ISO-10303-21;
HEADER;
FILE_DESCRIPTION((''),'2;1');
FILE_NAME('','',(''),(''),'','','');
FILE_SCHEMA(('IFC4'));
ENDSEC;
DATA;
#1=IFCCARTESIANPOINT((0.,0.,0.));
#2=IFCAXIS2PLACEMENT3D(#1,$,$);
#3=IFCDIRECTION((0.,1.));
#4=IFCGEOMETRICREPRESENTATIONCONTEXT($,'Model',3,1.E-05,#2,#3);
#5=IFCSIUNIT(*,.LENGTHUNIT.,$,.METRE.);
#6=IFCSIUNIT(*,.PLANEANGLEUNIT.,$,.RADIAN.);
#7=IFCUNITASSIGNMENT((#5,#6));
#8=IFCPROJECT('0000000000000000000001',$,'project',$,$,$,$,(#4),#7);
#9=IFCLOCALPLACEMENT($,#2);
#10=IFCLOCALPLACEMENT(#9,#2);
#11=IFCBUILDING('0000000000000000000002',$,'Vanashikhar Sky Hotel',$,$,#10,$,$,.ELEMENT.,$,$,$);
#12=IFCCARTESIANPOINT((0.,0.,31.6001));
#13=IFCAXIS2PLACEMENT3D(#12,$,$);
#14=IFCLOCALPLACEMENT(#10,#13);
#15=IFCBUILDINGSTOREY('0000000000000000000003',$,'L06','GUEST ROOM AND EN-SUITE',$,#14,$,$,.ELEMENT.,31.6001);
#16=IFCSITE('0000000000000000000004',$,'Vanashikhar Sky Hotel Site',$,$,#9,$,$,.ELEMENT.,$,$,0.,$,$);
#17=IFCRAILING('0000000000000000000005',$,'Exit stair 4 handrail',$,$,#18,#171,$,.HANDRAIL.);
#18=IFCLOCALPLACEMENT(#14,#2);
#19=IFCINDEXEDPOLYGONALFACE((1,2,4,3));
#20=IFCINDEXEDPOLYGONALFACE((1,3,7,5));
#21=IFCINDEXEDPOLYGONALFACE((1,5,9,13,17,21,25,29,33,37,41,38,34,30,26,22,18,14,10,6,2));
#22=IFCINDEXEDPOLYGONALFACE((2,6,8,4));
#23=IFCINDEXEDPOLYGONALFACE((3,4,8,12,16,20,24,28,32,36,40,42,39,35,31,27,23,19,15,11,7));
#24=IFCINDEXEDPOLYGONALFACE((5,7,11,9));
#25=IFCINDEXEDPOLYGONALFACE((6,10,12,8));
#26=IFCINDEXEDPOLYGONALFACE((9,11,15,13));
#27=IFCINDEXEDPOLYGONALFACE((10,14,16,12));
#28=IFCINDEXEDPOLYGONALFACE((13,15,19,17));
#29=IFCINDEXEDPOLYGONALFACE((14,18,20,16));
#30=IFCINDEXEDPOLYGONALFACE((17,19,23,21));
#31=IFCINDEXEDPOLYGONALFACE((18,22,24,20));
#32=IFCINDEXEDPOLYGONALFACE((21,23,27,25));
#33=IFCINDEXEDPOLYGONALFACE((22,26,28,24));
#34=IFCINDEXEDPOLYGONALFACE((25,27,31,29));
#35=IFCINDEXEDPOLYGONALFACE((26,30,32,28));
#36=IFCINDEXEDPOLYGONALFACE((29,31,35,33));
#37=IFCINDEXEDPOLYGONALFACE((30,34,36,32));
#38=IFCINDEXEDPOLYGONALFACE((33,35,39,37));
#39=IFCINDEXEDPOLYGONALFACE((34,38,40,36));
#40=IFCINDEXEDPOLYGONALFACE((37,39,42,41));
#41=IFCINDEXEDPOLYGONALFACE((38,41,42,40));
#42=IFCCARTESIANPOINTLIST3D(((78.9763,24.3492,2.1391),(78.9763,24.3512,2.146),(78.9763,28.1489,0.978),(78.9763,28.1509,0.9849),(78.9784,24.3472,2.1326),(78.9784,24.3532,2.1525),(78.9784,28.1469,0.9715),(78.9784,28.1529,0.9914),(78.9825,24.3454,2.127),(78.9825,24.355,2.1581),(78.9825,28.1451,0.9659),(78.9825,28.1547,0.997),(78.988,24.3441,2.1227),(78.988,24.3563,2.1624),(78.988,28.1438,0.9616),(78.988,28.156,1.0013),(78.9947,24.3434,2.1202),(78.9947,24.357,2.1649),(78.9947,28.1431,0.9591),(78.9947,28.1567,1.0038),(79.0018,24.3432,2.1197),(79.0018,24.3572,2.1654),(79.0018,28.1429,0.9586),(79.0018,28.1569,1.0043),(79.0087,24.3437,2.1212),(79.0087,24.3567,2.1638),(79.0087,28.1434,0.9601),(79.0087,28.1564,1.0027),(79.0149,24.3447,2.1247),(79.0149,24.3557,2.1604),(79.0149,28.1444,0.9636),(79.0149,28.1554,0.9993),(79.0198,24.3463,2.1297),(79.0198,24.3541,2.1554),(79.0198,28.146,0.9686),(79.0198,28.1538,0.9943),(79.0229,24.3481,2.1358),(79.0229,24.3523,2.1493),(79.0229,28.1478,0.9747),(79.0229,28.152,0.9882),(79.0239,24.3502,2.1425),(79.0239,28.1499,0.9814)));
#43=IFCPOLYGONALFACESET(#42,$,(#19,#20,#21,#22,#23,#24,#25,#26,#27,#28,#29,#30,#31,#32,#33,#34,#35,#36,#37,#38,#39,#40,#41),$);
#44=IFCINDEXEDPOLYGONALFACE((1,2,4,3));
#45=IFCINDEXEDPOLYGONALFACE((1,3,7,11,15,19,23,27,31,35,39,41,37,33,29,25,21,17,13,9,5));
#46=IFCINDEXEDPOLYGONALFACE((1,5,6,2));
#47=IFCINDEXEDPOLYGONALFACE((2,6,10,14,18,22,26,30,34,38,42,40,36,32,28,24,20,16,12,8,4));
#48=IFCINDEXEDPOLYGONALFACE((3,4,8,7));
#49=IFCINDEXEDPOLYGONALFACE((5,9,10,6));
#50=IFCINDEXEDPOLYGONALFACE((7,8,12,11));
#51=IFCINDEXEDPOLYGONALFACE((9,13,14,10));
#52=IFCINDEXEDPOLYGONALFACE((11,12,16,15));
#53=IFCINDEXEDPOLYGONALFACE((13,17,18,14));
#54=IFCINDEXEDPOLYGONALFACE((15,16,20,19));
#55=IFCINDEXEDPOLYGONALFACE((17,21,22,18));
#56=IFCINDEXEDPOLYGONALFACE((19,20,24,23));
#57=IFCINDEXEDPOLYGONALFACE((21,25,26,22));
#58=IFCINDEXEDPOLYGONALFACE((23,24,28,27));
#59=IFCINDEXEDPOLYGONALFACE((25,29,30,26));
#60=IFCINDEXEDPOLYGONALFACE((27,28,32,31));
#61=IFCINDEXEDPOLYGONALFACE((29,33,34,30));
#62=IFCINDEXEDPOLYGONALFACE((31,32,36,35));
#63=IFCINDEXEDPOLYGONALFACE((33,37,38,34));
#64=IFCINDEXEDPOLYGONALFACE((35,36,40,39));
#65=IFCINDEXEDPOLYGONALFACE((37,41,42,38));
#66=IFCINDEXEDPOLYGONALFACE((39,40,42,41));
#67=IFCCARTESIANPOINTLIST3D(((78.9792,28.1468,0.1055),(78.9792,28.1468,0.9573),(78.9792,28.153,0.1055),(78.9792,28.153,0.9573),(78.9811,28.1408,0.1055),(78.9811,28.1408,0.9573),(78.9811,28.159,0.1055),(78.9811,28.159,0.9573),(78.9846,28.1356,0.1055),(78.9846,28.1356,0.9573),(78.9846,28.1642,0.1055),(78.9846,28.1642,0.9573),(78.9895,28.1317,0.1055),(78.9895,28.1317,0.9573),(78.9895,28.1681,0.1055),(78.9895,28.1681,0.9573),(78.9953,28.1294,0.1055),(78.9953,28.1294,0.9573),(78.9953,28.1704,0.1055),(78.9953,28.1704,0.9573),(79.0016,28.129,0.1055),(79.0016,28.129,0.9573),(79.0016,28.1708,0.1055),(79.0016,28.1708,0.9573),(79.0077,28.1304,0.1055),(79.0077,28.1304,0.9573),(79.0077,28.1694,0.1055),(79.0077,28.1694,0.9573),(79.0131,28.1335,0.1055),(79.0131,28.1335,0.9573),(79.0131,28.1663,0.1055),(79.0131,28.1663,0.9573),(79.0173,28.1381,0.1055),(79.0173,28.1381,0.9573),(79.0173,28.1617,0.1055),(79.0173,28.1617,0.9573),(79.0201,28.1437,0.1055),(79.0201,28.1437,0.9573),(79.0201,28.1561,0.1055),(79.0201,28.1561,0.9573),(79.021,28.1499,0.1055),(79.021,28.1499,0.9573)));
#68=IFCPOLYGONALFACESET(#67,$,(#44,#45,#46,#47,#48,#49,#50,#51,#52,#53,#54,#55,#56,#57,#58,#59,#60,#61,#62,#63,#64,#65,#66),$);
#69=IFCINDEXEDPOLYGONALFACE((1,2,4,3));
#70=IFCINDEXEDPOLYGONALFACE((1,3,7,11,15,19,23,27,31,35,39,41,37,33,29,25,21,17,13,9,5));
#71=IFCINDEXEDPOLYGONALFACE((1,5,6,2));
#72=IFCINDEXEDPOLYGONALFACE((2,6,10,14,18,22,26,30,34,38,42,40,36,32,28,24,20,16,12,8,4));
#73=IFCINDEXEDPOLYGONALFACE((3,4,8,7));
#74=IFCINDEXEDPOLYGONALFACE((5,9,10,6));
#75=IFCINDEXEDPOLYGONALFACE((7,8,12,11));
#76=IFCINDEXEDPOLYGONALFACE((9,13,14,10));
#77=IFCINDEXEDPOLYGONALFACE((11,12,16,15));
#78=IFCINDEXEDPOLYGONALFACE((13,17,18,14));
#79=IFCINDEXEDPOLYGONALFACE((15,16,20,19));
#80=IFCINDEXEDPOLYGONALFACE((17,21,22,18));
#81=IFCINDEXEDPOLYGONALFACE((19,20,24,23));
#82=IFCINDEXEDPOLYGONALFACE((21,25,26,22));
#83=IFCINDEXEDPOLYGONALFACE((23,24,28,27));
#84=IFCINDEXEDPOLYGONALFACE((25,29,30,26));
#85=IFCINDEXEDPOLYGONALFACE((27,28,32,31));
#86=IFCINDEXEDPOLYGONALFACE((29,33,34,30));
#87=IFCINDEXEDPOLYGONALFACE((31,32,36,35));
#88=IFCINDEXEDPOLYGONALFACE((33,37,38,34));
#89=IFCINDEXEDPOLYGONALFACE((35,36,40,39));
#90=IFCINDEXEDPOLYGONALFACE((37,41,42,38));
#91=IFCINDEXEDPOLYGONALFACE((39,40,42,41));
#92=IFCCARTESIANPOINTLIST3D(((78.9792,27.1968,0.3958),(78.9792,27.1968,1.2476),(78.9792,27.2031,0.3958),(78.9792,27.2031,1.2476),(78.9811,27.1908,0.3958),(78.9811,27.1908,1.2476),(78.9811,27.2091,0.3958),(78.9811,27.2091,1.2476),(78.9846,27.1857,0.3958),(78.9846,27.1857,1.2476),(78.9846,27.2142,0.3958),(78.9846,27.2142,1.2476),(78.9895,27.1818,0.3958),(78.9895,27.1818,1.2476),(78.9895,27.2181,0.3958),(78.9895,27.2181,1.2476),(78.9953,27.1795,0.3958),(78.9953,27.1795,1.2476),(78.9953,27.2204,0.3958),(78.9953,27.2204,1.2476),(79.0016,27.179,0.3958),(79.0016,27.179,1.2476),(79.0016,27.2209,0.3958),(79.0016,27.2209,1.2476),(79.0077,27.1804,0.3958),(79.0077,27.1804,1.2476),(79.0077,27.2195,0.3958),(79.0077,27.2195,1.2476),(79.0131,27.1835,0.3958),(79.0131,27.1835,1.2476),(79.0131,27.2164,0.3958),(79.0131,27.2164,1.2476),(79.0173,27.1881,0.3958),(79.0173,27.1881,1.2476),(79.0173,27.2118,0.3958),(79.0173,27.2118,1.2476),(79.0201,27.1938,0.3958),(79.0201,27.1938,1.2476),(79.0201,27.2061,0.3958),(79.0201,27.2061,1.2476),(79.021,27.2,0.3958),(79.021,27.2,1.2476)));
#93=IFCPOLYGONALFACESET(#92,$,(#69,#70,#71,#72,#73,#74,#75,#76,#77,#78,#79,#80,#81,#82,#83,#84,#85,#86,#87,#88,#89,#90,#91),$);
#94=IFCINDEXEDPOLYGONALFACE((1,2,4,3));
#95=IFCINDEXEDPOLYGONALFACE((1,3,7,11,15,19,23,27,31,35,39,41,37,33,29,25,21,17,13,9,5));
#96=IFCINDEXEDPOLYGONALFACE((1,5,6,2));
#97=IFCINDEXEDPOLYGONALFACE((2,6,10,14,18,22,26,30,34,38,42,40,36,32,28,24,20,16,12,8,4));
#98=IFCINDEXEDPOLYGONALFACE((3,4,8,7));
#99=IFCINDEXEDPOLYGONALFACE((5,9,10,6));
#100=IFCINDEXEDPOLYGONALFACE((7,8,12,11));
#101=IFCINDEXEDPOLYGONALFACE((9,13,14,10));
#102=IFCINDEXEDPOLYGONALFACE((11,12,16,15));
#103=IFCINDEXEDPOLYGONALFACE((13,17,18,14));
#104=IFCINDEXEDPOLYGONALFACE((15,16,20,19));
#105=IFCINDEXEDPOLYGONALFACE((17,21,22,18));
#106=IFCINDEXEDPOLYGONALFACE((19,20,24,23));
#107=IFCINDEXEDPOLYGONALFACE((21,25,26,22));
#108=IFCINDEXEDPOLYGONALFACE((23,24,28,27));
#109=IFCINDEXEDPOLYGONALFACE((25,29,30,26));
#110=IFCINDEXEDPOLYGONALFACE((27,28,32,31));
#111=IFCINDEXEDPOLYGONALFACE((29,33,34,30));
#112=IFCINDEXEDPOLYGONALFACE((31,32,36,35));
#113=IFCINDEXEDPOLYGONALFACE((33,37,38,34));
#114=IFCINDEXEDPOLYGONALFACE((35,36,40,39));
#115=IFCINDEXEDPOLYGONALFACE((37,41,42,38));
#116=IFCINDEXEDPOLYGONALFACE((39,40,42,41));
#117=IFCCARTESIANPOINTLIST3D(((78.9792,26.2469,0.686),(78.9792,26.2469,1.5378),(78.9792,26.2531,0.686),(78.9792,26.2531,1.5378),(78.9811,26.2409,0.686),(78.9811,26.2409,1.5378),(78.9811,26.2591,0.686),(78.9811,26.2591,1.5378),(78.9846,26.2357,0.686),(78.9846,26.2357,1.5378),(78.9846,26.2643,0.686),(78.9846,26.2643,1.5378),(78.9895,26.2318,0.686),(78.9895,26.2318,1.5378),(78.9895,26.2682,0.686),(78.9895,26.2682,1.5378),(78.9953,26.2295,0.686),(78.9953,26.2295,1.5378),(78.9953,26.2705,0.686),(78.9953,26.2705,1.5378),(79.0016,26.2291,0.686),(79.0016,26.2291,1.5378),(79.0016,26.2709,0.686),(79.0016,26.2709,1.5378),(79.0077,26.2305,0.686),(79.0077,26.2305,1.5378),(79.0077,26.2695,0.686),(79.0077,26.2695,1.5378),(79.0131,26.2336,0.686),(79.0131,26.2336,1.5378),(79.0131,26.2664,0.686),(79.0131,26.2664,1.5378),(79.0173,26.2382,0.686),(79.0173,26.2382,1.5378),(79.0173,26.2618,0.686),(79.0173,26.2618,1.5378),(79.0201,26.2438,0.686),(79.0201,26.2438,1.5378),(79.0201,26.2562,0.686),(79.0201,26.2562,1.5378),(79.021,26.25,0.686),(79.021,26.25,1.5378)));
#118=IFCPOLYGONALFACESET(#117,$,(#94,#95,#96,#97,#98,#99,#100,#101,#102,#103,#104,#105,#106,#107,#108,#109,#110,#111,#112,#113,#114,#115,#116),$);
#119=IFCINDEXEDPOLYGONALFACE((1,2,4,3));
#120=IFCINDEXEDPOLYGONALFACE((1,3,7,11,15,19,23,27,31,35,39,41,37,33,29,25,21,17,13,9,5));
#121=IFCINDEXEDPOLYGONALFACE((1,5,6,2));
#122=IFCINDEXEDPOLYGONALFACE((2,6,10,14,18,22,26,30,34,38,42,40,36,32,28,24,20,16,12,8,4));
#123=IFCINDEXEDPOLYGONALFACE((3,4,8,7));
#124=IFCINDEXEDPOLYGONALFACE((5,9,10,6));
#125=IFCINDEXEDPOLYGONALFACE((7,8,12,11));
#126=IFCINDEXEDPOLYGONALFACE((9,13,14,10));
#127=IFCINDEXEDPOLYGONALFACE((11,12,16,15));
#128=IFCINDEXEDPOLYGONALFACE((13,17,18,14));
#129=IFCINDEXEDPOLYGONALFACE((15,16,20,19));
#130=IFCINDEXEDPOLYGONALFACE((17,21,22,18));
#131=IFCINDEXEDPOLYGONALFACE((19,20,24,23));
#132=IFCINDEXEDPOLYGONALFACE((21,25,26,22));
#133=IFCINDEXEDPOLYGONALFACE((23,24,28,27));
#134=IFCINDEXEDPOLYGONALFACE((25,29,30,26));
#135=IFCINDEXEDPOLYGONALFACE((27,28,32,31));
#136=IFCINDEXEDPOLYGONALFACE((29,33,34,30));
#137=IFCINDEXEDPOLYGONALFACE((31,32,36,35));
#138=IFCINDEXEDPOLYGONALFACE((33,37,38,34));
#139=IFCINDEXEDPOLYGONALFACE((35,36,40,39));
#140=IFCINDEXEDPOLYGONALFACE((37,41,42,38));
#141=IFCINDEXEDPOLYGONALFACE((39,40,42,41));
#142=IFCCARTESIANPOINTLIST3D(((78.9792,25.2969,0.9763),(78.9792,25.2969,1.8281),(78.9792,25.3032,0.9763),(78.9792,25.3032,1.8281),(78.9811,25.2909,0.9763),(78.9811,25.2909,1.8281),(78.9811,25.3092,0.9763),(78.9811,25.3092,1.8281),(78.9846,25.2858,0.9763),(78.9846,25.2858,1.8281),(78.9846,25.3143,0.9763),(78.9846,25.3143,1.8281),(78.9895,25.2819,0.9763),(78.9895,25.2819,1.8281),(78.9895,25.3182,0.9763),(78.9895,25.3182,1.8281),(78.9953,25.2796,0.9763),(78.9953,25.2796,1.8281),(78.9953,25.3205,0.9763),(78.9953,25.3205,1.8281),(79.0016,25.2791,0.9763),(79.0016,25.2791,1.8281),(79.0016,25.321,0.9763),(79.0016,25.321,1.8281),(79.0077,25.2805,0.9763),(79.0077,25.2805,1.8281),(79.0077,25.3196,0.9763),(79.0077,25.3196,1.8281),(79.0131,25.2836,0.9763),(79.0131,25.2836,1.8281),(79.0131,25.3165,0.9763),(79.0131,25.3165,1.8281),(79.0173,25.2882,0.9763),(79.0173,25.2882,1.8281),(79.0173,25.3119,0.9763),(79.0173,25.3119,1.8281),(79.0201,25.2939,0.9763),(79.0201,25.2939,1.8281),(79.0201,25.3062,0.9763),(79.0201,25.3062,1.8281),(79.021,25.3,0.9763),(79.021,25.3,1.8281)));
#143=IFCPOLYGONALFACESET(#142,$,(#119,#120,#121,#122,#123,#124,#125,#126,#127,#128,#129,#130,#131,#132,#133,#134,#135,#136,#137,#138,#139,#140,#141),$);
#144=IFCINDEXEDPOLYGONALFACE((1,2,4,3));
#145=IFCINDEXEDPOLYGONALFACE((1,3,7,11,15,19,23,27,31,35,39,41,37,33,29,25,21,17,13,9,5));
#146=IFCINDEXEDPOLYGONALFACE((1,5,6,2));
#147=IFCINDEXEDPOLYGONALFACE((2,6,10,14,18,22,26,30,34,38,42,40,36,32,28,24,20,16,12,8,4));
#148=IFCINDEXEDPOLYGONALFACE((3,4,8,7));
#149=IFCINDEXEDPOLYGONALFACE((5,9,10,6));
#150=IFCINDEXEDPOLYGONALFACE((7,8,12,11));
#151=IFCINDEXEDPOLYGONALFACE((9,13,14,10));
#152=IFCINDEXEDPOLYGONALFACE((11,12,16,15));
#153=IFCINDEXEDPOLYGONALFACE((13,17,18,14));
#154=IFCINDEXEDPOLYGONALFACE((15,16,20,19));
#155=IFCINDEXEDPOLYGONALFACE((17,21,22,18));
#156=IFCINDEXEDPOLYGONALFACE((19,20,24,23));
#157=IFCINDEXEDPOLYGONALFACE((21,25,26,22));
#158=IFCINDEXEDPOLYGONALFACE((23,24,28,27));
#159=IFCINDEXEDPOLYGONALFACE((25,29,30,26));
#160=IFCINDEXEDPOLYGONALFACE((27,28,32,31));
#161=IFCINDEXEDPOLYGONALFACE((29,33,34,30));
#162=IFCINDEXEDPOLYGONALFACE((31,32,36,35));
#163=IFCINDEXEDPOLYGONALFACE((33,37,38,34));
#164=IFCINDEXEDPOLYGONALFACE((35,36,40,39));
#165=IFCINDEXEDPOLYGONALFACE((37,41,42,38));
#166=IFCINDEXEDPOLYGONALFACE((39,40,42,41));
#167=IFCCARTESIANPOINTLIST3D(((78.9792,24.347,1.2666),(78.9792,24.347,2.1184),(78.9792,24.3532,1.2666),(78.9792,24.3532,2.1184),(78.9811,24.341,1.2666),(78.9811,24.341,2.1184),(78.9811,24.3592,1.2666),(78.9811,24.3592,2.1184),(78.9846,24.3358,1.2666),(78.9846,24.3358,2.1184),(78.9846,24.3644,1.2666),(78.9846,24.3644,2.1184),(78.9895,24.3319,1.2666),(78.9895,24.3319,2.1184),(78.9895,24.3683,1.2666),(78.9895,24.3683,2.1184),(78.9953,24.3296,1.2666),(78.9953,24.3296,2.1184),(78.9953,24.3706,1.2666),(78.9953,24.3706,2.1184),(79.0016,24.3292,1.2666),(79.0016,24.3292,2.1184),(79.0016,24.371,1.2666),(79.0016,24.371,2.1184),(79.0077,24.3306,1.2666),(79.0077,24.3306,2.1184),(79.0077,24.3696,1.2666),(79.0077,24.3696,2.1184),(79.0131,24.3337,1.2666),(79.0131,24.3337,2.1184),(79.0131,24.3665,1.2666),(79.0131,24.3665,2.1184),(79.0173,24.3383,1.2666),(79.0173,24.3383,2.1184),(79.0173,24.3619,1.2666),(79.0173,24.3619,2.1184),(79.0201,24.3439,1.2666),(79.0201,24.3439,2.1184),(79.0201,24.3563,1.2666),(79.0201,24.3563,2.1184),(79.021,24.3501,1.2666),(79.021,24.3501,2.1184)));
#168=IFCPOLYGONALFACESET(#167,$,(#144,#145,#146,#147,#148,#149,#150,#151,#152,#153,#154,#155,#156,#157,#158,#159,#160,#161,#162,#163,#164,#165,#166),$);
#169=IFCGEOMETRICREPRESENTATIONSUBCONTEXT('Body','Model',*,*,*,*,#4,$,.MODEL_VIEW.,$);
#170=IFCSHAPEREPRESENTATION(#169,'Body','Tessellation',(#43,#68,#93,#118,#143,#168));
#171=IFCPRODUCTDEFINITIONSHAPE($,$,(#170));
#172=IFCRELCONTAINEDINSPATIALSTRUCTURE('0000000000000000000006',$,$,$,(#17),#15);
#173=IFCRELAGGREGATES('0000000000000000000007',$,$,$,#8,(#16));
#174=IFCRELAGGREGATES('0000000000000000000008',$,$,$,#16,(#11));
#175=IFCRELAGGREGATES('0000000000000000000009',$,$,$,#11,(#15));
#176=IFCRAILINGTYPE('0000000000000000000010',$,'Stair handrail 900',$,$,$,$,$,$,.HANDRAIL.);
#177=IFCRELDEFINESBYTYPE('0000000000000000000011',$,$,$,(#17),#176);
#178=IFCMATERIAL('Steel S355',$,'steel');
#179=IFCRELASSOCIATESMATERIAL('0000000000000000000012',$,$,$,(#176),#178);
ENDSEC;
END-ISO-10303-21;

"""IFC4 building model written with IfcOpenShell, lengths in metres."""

from ifc_helpers import new_model, si_unit, direction, frame, origin, origin_2d, place, context, subcontext, project, spatial, circle, extrude, source, transform, mapped, material, type_object, element, save


model = new_model("IFC4")

# Units and contexts
model_context = context("Model", 3, precision=1e-05, world=origin(), true_north=direction((0.0, 1.0)))
body_context = subcontext(model_context, "Body", "Model", "MODEL_VIEW")
ifc_project = project(units=[si_unit("LENGTHUNIT", "METRE"), si_unit("PLANEANGLEUNIT", "RADIAN")], contexts=[model_context])

# Site, building, storey
site_placement = place(None, origin())
site = spatial("IfcSite", under=ifc_project, at=site_placement, Name="Vanashikhar Sky Hotel Site", CompositionType="ELEMENT", RefElevation=0.0)
building_placement = place(site_placement, origin())
building = spatial("IfcBuilding", under=site, at=building_placement, Name="Vanashikhar Sky Hotel", CompositionType="ELEMENT")
storey_placement = place(building_placement, frame((0.0, 0.0, 31.6001)))
storey = spatial("IfcBuildingStorey", under=building, at=storey_placement, Name="L06", Description="GUEST ROOM AND EN-SUITE", CompositionType="ELEMENT", Elevation=31.6001)

# Railing
ifc_material_1 = material(Name="Steel S355", Category="steel")
railing_type_1 = type_object("IfcRailingType", Name="Stair handrail 900", PredefinedType="HANDRAIL", material=ifc_material_1)
shared_shape_1 = source(origin(), body_context, "Body", "SweptSolid", [
    extrude(circle(Radius=0.0239, at=origin_2d()), frame((0.0, 0.0, 0.876), z_axis=(0.0, -0.956346, 0.292237), x_axis=(1.0, 0.0, 0.0)), (0.0, 0.0, 1.0), 3.9731),
    extrude(circle(Radius=0.021, at=origin_2d()), origin(), (0.0, 0.0, 1.0), 0.8518),
    extrude(circle(Radius=0.021, at=origin_2d()), frame((0.0, -0.95, 0.2903)), (0.0, 0.0, 1.0), 0.8518),
    extrude(circle(Radius=0.021, at=origin_2d()), frame((0.0, -1.8999, 0.5806)), (0.0, 0.0, 1.0), 0.8518),
    extrude(circle(Radius=0.021, at=origin_2d()), frame((0.0, -2.8499, 0.8708)), (0.0, 0.0, 1.0), 0.8518),
    extrude(circle(Radius=0.021, at=origin_2d()), frame((0.0, -3.7998, 1.1611)), (0.0, 0.0, 1.0), 0.8518),
])
for number, where, name in (
    (1, (79.0, 28.1499, 0.1055), "Exit stair 4 handrail"),
):
    element("IfcRailing", number, at=place(storey_placement, frame(where)), inside=storey, type_object=railing_type_1, Name=name, PredefinedType="HANDRAIL", context=body_context, shape_type="MappedRepresentation", body=[
        mapped(shared_shape_1, transform((0.0, 0.0, 0.0), scale=1.0)),
    ])

save(model, "model.ifc")
